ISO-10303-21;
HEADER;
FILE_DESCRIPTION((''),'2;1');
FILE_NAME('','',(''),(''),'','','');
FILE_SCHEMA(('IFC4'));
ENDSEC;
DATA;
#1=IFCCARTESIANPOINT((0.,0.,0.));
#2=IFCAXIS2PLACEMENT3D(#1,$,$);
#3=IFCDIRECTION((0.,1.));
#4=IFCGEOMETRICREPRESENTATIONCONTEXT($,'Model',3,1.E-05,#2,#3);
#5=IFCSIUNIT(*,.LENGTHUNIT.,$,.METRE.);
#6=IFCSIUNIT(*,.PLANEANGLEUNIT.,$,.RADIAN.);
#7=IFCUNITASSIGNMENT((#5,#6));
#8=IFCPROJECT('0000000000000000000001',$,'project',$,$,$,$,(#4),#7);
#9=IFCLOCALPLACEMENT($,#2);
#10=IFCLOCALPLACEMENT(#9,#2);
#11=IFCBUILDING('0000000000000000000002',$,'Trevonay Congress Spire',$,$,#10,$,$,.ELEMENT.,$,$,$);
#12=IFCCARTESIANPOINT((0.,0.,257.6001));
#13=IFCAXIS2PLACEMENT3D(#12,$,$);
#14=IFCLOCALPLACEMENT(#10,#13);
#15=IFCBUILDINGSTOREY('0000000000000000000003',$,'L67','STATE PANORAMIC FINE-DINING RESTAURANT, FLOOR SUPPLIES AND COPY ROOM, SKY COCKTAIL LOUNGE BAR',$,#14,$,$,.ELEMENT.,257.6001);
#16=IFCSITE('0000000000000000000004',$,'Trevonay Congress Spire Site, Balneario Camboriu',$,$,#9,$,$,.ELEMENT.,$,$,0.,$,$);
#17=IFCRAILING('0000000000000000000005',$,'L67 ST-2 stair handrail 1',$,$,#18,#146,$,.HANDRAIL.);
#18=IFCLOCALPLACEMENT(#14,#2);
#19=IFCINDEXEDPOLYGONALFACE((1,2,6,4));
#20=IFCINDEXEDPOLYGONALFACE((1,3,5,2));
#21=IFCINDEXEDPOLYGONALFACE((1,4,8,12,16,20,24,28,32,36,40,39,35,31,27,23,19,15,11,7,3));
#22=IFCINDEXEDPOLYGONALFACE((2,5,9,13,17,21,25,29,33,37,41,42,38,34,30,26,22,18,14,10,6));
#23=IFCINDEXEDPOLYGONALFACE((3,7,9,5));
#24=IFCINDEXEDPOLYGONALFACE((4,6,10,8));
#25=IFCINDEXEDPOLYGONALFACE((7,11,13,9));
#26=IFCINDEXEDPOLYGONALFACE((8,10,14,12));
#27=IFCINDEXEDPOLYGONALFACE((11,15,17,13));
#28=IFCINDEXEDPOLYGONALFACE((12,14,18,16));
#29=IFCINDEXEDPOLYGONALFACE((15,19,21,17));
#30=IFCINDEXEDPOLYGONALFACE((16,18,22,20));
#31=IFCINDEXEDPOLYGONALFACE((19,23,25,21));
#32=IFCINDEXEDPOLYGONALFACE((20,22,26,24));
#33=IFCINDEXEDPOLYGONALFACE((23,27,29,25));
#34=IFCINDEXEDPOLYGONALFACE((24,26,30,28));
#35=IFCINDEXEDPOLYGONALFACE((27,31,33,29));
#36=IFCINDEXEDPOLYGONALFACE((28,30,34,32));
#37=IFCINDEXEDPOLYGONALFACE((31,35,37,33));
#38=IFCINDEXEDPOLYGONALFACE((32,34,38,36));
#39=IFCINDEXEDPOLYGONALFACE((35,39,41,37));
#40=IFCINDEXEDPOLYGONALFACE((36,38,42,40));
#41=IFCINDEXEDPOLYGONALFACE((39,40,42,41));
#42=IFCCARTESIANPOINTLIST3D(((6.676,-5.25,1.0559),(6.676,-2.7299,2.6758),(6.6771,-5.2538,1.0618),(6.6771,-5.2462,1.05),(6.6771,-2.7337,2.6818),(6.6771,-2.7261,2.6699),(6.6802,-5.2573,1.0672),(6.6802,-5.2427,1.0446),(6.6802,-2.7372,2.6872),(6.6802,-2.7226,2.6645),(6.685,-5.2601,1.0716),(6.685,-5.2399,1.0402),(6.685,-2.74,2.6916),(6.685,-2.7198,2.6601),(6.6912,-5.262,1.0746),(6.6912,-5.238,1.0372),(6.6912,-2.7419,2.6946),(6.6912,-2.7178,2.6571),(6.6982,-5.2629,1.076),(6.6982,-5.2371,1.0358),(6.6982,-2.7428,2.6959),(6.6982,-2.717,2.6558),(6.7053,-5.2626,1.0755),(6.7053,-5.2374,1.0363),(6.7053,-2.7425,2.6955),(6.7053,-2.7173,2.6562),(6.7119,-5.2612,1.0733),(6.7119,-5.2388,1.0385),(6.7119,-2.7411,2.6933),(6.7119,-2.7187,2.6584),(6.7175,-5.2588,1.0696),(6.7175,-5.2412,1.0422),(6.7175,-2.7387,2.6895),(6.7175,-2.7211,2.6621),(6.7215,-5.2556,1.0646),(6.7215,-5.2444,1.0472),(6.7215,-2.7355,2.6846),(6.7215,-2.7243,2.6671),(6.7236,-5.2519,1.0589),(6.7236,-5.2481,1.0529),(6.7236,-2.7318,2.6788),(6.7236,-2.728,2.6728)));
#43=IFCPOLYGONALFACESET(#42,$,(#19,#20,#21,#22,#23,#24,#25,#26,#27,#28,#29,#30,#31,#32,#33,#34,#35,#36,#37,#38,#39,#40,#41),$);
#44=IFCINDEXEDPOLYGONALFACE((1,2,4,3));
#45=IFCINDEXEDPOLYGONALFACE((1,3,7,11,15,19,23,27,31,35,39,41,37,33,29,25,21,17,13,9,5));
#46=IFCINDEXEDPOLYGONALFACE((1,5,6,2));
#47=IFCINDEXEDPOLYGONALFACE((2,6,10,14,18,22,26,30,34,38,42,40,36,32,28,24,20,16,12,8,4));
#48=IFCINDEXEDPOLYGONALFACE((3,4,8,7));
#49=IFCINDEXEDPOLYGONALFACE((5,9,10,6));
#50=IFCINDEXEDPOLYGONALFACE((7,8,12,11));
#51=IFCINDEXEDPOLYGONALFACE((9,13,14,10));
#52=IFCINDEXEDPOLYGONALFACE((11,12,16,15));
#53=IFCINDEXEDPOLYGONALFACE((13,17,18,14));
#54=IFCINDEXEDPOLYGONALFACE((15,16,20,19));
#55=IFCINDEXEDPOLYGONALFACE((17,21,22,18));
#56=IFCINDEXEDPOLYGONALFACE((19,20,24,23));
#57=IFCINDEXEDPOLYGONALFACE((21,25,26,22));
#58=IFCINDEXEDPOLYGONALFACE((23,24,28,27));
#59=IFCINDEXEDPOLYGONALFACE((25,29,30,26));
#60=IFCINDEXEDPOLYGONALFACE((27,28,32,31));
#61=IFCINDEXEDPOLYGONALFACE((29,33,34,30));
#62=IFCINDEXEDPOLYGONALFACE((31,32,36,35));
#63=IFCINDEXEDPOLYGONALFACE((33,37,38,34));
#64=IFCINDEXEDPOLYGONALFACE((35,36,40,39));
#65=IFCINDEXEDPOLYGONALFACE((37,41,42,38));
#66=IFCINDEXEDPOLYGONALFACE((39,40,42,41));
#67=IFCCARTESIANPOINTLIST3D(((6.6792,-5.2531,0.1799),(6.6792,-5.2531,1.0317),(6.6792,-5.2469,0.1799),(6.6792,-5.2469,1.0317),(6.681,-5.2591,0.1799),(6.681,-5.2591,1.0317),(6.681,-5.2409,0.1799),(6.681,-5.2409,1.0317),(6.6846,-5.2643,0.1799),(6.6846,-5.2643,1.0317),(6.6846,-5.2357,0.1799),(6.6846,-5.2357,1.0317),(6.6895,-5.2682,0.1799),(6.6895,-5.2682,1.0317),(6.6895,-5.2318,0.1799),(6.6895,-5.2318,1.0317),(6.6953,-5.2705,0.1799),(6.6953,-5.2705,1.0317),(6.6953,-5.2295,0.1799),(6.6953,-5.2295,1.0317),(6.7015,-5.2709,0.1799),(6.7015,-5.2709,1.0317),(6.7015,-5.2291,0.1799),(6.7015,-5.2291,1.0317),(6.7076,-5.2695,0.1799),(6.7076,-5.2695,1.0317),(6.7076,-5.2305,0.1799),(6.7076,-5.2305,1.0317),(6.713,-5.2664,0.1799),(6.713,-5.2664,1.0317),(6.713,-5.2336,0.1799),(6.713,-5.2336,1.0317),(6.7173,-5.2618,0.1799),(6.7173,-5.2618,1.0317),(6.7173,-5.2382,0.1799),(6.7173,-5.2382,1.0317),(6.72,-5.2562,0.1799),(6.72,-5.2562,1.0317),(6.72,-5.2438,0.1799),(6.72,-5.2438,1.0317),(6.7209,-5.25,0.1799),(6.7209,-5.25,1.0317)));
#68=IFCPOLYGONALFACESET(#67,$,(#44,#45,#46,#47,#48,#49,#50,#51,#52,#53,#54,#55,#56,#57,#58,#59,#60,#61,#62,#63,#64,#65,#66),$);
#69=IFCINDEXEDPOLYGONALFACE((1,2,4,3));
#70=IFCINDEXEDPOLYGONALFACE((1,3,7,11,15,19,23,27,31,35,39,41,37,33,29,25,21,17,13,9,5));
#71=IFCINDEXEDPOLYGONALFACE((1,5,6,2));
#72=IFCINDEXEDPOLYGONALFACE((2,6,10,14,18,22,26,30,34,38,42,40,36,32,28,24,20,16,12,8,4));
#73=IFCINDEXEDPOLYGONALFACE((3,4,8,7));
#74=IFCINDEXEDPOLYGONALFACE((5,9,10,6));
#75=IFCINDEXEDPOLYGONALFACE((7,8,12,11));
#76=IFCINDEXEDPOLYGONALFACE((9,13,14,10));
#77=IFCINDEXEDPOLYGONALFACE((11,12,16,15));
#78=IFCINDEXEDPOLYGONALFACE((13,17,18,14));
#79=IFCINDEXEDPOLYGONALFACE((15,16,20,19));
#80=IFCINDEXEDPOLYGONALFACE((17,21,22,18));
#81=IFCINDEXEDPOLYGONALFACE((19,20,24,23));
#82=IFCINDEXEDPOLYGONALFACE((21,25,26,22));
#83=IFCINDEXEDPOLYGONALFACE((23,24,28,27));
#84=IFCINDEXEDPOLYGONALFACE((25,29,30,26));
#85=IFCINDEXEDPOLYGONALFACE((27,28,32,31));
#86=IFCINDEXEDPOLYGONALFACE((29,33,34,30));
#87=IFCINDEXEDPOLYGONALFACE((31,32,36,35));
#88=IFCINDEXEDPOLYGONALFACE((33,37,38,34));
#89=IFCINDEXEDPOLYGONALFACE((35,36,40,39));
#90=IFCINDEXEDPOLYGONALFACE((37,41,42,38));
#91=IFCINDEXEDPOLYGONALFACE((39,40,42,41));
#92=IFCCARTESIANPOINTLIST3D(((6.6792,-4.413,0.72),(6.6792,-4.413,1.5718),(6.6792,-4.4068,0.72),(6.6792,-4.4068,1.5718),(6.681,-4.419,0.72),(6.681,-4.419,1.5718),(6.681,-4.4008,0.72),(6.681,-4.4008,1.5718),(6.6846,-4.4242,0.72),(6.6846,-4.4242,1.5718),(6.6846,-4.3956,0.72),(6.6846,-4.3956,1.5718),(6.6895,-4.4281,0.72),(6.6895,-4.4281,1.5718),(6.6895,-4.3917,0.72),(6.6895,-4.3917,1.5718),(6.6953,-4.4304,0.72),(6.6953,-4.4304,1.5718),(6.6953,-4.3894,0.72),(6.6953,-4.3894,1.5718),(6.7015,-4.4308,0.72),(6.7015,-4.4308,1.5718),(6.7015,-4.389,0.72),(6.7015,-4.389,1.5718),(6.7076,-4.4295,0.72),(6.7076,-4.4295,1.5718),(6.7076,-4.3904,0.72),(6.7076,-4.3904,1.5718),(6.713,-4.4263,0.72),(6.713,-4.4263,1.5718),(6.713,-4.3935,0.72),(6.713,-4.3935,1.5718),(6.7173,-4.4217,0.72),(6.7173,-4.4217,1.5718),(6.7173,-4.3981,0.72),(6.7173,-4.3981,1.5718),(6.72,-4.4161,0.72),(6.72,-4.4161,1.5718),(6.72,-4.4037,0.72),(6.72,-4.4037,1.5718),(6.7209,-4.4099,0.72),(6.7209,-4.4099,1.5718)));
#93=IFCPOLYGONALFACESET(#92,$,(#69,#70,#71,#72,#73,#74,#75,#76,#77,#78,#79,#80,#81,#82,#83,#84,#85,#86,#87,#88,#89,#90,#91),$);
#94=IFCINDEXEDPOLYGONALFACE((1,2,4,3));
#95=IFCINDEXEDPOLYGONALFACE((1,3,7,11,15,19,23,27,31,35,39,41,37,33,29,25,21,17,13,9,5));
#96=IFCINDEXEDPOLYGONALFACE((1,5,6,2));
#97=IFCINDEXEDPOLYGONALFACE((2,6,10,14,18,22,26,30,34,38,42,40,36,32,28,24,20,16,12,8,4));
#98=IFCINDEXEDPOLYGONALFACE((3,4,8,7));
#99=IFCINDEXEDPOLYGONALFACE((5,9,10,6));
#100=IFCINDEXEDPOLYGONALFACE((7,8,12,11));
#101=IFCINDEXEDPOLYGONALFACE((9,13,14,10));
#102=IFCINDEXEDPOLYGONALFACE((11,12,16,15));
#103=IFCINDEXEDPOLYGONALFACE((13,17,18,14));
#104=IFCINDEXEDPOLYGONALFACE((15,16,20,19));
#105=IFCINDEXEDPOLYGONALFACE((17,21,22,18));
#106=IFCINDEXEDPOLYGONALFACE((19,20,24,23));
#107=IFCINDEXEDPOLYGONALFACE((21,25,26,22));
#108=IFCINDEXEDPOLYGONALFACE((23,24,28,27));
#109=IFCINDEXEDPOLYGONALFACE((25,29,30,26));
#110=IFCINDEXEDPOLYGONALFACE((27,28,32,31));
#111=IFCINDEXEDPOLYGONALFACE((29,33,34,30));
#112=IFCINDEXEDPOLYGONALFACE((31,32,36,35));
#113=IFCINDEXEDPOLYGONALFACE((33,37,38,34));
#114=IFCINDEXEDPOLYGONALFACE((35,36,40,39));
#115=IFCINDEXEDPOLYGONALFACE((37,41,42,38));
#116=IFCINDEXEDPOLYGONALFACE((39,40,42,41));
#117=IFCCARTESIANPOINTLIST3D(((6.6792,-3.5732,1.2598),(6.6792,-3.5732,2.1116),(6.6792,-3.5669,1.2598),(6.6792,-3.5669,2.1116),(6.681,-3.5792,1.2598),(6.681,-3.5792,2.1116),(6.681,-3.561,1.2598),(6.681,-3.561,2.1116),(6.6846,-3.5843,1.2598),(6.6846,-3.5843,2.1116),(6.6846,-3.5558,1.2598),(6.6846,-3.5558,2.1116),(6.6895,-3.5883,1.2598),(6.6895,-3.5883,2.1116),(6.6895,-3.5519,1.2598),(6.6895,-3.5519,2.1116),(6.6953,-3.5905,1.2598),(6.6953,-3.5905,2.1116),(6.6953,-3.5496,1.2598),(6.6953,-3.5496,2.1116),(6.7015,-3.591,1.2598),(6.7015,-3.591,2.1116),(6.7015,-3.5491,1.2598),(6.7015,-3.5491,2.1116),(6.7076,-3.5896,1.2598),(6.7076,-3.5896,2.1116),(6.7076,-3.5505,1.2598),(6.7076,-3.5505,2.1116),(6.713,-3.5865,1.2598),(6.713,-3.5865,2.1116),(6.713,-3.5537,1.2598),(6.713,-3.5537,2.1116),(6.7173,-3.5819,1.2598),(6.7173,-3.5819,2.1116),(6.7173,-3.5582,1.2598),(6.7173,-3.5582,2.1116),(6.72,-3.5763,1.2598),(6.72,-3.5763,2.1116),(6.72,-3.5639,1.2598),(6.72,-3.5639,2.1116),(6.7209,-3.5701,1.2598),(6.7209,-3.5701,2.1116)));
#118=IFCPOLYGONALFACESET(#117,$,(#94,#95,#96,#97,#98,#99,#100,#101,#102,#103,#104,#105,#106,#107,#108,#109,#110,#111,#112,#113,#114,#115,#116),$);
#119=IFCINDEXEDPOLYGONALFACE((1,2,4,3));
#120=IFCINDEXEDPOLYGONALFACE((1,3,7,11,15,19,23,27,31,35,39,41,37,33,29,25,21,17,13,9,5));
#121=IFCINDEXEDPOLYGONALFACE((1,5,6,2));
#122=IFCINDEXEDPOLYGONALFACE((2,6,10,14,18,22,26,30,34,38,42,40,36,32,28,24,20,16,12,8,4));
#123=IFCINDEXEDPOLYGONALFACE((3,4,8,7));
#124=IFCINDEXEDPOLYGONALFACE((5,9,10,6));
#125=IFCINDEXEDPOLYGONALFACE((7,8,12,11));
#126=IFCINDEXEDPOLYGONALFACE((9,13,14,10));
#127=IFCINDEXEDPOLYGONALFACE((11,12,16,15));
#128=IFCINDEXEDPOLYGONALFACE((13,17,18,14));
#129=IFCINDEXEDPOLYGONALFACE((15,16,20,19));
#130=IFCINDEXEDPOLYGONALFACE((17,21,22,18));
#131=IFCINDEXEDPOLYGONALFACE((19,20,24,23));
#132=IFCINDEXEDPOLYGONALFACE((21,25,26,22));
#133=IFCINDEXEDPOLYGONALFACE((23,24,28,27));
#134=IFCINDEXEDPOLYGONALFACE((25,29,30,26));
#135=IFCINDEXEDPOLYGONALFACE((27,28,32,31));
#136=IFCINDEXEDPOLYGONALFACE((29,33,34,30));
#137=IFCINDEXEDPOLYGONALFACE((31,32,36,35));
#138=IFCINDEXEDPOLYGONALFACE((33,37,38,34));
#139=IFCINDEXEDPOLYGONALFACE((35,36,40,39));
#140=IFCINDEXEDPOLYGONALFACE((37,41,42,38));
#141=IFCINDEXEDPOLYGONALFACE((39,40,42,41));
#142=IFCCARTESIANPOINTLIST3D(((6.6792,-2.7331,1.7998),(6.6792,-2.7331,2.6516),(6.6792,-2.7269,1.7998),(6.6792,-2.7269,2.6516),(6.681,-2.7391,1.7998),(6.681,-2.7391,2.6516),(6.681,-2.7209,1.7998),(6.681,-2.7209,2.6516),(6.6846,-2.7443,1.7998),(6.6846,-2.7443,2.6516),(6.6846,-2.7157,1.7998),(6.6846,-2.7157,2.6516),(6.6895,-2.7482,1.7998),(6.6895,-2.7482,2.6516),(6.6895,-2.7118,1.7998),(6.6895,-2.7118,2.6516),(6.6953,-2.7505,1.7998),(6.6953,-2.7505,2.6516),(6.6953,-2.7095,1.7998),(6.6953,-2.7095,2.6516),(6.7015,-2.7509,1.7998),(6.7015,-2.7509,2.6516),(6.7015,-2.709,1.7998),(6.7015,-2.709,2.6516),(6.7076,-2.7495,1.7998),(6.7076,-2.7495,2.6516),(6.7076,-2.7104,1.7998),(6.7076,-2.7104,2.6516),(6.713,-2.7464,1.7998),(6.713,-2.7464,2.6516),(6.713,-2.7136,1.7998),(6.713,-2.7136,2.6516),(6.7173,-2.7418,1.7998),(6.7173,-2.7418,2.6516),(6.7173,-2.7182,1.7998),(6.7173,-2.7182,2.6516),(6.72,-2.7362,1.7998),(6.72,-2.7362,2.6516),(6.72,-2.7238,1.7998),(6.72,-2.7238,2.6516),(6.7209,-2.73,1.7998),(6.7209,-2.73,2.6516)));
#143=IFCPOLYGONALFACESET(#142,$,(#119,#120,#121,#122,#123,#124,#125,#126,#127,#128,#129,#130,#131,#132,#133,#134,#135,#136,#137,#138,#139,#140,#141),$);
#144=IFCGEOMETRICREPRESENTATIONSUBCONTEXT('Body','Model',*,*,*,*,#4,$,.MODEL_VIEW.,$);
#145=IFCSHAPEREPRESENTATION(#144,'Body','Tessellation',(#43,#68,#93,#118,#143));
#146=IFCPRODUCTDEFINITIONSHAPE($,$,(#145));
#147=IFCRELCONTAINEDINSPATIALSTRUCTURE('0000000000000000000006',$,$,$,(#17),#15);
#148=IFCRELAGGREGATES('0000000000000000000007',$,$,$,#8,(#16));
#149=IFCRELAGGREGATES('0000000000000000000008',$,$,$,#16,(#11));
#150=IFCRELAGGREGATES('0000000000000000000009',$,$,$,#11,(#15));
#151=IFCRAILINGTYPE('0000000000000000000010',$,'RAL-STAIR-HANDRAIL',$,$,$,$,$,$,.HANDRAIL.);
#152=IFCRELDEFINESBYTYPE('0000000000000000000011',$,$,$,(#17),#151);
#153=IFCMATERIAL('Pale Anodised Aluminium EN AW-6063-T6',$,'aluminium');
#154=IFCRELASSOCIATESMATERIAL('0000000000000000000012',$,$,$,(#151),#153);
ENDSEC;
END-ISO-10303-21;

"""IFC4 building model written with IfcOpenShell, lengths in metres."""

from ifc_helpers import new_model, si_unit, direction, frame, origin, origin_2d, place, context, subcontext, project, spatial, circle, extrude, material, type_object, element, save


model = new_model("IFC4")

# Units and contexts
model_context = context("Model", 3, precision=1e-05, world=origin(), true_north=direction((0.0, 1.0)))
body_context = subcontext(model_context, "Body", "Model", "MODEL_VIEW")
ifc_project = project(units=[si_unit("LENGTHUNIT", "METRE"), si_unit("PLANEANGLEUNIT", "RADIAN")], contexts=[model_context])

# Site, building, storey
site_placement = place(None, origin())
site = spatial("IfcSite", under=ifc_project, at=site_placement, Name="Trevonay Congress Spire Site, Balneario Camboriu", CompositionType="ELEMENT", RefElevation=0.0)
building_placement = place(site_placement, origin())
building = spatial("IfcBuilding", under=site, at=building_placement, Name="Trevonay Congress Spire", CompositionType="ELEMENT")
storey_placement = place(building_placement, frame((0.0, 0.0, 257.6001)))
storey = spatial("IfcBuildingStorey", under=building, at=storey_placement, Name="L67", Description="STATE PANORAMIC FINE-DINING RESTAURANT, FLOOR SUPPLIES AND COPY ROOM, SKY COCKTAIL LOUNGE BAR", CompositionType="ELEMENT", Elevation=257.6001)

# Shared definitions
ifc_material_1 = material(Name="Pale Anodised Aluminium EN AW-6063-T6", Category="aluminium")

# Railing
railing_type_1 = type_object("IfcRailingType", Name="RAL-STAIR-HANDRAIL", PredefinedType="HANDRAIL", material=ifc_material_1)
railing_1_placement = place(storey_placement, frame((6.7, -5.25, 0.1799)))
element("IfcRailing", 1, at=railing_1_placement, inside=storey, type_object=railing_type_1, Name="L67 ST-2 stair handrail 1", PredefinedType="HANDRAIL", context=body_context, shape_type="SweptSolid", body=[
    extrude(circle(Radius=0.0239, at=origin_2d()), frame((0.0, 0.0, 0.876), z_axis=(0.0, 0.8412, 0.540725), x_axis=(-1.0, 0.0, 0.0)), (0.0, 0.0, 1.0), 2.9958),
    extrude(circle(Radius=0.021, at=origin_2d()), origin(), (0.0, 0.0, 1.0), 0.8518),
    extrude(circle(Radius=0.021, at=origin_2d()), frame((0.0, 0.8401, 0.54)), (0.0, 0.0, 1.0), 0.8518),
    extrude(circle(Radius=0.021, at=origin_2d()), frame((0.0, 1.6799, 1.0798)), (0.0, 0.0, 1.0), 0.8518),
    extrude(circle(Radius=0.021, at=origin_2d()), frame((0.0, 2.52, 1.6199)), (0.0, 0.0, 1.0), 0.8518),
])

save(model, "model.ifc")
